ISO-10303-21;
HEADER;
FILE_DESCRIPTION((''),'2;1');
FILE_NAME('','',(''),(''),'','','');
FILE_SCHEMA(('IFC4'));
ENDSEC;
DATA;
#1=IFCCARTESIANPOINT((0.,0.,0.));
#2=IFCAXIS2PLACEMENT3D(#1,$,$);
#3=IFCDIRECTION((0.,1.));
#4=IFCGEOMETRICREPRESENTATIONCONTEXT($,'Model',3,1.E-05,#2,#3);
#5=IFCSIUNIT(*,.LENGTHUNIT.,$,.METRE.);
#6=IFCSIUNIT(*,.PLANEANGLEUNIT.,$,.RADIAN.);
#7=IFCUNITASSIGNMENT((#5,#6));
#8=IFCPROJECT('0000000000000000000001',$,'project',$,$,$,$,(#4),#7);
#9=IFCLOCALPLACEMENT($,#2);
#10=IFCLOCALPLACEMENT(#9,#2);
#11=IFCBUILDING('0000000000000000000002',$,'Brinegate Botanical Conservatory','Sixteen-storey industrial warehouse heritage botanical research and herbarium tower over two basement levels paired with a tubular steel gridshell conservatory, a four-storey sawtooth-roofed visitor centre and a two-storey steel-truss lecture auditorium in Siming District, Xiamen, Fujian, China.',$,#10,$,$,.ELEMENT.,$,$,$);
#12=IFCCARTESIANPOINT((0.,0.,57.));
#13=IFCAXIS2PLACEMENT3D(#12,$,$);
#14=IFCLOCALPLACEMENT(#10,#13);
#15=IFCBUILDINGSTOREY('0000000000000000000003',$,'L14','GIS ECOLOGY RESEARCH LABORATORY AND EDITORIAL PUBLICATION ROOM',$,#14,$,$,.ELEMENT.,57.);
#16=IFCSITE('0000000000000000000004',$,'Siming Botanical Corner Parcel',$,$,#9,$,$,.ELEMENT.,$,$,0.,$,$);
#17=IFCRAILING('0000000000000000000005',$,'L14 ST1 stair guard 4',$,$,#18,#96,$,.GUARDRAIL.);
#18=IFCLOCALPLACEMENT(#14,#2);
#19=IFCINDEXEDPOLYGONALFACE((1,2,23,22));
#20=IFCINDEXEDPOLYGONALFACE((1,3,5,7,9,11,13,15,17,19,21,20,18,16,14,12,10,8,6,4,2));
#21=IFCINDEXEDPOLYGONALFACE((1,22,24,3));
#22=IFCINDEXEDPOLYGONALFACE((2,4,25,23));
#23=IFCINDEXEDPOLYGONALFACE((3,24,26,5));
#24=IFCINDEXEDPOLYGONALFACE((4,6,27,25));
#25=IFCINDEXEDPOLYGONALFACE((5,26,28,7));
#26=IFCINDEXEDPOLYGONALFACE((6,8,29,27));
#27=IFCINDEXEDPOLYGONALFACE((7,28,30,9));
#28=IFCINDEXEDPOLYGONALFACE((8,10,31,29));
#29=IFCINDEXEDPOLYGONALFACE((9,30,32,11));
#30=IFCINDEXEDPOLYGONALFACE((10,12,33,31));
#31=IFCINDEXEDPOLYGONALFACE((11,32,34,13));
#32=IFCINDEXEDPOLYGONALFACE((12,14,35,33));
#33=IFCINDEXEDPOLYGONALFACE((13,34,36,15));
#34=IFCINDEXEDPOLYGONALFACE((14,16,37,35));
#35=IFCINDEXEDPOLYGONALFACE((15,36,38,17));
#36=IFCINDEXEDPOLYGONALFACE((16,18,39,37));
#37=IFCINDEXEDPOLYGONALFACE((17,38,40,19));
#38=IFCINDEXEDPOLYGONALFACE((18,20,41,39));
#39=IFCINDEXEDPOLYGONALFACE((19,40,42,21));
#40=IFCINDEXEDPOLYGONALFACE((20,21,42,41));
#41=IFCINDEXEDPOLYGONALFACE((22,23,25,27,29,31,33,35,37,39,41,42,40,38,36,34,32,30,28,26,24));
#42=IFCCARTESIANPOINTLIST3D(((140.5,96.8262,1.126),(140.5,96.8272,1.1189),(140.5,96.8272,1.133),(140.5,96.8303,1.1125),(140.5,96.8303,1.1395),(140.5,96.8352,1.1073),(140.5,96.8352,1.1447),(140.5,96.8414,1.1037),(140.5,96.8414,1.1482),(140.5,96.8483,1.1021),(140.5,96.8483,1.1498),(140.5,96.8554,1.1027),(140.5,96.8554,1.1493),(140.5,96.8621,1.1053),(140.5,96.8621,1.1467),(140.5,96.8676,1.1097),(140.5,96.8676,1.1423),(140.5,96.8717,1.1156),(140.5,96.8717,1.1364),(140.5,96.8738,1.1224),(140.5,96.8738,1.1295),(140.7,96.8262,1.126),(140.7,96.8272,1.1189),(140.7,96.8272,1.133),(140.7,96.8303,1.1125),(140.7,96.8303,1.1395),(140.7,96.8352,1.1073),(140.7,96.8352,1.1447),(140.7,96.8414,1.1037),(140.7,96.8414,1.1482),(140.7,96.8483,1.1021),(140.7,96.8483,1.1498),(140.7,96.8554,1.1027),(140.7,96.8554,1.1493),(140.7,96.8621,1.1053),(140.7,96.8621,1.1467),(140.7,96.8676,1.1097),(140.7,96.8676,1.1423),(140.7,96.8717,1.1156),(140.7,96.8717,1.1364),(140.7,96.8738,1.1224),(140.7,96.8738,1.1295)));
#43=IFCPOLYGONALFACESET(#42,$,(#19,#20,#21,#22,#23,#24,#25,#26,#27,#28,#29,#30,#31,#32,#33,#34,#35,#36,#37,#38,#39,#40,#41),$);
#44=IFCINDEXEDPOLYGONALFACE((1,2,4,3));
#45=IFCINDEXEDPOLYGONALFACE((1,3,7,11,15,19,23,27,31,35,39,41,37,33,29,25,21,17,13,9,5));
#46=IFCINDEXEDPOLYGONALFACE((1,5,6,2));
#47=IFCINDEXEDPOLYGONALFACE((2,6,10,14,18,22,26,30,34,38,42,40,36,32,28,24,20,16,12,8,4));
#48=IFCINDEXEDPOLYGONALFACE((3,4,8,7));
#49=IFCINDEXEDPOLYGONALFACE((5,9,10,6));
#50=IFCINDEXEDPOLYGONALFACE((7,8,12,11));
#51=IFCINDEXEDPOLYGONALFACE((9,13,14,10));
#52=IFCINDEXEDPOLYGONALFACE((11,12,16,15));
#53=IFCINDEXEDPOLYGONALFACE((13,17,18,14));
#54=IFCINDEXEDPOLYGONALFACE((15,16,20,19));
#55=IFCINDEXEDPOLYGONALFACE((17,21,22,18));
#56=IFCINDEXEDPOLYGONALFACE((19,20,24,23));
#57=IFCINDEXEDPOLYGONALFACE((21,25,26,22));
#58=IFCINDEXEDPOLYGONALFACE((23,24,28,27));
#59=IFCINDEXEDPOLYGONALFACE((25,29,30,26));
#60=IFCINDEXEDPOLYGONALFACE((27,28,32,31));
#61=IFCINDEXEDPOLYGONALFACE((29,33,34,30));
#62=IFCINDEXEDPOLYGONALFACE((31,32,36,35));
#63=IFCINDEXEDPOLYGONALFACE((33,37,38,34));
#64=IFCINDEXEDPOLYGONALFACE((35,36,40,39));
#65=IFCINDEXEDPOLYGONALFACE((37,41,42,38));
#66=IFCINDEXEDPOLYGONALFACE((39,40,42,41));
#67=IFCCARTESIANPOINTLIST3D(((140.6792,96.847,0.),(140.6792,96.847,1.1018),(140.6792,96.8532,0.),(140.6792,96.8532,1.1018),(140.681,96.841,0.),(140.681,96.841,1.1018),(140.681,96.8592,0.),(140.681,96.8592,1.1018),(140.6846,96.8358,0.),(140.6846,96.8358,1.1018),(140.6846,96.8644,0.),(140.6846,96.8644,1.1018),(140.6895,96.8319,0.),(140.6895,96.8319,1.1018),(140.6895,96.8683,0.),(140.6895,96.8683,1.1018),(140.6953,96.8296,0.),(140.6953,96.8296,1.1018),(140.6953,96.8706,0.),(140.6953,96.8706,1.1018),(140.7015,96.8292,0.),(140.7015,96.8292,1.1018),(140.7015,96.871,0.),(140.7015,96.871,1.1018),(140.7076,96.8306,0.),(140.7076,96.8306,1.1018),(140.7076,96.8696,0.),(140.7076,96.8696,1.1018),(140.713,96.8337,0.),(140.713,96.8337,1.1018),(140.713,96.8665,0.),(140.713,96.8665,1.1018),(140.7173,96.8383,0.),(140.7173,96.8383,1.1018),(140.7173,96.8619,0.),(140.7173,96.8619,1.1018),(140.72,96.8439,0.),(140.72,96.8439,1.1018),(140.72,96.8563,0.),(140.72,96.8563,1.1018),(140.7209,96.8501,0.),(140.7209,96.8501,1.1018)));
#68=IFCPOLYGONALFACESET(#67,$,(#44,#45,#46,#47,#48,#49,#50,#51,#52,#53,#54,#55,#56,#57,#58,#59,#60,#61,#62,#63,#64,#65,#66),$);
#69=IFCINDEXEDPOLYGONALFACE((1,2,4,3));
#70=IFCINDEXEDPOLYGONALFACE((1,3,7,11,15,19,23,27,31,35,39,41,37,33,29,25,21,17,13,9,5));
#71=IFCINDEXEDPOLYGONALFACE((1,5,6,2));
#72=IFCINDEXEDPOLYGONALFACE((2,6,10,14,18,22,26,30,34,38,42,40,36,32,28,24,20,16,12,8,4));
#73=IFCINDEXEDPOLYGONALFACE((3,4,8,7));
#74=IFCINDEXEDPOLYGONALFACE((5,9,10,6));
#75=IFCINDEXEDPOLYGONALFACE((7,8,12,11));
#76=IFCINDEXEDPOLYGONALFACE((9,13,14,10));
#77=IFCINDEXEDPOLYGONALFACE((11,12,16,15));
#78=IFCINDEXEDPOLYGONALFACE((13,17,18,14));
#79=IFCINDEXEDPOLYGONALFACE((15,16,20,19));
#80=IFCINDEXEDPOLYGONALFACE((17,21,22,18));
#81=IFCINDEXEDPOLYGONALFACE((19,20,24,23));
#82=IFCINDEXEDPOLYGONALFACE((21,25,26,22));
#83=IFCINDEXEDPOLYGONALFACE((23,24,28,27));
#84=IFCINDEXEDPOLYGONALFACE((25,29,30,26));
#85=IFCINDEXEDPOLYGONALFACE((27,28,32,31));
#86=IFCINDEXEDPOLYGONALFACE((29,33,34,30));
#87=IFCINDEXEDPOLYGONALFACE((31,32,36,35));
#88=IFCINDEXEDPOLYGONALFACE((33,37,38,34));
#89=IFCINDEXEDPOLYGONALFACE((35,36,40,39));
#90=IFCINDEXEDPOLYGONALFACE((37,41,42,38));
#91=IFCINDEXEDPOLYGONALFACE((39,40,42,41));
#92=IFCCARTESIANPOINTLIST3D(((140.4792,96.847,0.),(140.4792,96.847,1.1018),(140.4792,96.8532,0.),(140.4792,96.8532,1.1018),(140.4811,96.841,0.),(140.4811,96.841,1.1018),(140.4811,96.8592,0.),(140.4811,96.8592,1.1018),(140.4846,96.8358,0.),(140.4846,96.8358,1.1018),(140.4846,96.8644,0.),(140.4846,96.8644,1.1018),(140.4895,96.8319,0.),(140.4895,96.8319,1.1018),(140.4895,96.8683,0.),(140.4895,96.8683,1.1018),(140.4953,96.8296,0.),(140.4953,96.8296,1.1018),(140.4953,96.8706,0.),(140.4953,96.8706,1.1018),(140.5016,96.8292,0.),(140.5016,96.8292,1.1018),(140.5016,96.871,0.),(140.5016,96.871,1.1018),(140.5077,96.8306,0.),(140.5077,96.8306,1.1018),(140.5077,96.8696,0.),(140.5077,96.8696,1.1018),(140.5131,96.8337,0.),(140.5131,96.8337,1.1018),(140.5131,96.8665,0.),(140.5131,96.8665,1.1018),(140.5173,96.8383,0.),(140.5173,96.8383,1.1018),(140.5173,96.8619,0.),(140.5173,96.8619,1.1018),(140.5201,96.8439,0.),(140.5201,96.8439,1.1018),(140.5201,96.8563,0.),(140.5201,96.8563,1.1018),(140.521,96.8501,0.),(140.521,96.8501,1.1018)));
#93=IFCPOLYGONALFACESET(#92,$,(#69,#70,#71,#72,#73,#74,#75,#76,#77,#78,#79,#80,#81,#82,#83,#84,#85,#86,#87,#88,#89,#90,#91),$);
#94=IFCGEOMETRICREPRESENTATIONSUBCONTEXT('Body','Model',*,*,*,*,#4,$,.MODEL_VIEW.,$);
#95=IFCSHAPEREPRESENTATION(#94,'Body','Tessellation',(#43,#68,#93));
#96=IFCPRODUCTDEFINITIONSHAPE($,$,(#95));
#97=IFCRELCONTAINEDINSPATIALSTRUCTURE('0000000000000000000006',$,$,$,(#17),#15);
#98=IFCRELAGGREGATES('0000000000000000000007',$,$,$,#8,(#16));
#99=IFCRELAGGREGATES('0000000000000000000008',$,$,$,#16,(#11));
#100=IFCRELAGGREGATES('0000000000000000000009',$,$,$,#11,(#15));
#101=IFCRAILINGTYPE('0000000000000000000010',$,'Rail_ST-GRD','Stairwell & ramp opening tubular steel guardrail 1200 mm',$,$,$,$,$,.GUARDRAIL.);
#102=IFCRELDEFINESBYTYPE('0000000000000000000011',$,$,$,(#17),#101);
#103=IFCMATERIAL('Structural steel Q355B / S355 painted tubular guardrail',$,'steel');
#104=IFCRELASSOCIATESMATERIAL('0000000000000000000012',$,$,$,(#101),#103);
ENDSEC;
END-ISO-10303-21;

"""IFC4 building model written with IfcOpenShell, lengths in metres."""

from ifc_helpers import new_model, si_unit, direction, frame, origin, origin_2d, place, context, subcontext, project, spatial, circle, extrude, material, type_object, element, save


model = new_model("IFC4")

# Units and contexts
model_context = context("Model", 3, precision=1e-05, world=origin(), true_north=direction((0.0, 1.0)))
body_context = subcontext(model_context, "Body", "Model", "MODEL_VIEW")
ifc_project = project(units=[si_unit("LENGTHUNIT", "METRE"), si_unit("PLANEANGLEUNIT", "RADIAN")], contexts=[model_context])

# Site, building, storey
site_placement = place(None, origin())
site = spatial("IfcSite", under=ifc_project, at=site_placement, Name="Siming Botanical Corner Parcel", CompositionType="ELEMENT", RefElevation=0.0)
building_placement = place(site_placement, origin())
building = spatial("IfcBuilding", under=site, at=building_placement, Name="Brinegate Botanical Conservatory", Description="Sixteen-storey industrial warehouse heritage botanical research and herbarium tower over two basement levels paired with a tubular steel gridshell conservatory, a four-storey sawtooth-roofed visitor centre and a two-storey steel-truss lecture auditorium in Siming District, Xiamen, Fujian, China.", CompositionType="ELEMENT")
storey_placement = place(building_placement, frame((0.0, 0.0, 57.0)))
storey = spatial("IfcBuildingStorey", under=building, at=storey_placement, Name="L14", Description="GIS ECOLOGY RESEARCH LABORATORY AND EDITORIAL PUBLICATION ROOM", CompositionType="ELEMENT", Elevation=57.0)

# Railing
ifc_material_1 = material(Name="Structural steel Q355B / S355 painted tubular guardrail", Category="steel")
railing_type_1 = type_object("IfcRailingType", Name="Rail_ST-GRD", Description="Stairwell & ramp opening tubular steel guardrail 1200 mm", PredefinedType="GUARDRAIL", material=ifc_material_1)
railing_1_placement = place(storey_placement, frame((140.7, 96.8501, 0.0)))
element("IfcRailing", 1, at=railing_1_placement, inside=storey, type_object=railing_type_1, Name="L14 ST1 stair guard 4", PredefinedType="GUARDRAIL", context=body_context, shape_type="SweptSolid", body=[
    extrude(circle(Radius=0.0239, at=origin_2d()), frame((0.0, 0.0, 1.126), z_axis=(-1.0, 0.0, 0.0), x_axis=(0.0, -1.0, 0.0)), (0.0, 0.0, 1.0), 0.2),
    extrude(circle(Radius=0.021, at=origin_2d()), origin(), (0.0, 0.0, 1.0), 1.1018),
    extrude(circle(Radius=0.021, at=origin_2d()), frame((-0.2, 0.0, 0.0)), (0.0, 0.0, 1.0), 1.1018),
])

save(model, "model.ifc")
